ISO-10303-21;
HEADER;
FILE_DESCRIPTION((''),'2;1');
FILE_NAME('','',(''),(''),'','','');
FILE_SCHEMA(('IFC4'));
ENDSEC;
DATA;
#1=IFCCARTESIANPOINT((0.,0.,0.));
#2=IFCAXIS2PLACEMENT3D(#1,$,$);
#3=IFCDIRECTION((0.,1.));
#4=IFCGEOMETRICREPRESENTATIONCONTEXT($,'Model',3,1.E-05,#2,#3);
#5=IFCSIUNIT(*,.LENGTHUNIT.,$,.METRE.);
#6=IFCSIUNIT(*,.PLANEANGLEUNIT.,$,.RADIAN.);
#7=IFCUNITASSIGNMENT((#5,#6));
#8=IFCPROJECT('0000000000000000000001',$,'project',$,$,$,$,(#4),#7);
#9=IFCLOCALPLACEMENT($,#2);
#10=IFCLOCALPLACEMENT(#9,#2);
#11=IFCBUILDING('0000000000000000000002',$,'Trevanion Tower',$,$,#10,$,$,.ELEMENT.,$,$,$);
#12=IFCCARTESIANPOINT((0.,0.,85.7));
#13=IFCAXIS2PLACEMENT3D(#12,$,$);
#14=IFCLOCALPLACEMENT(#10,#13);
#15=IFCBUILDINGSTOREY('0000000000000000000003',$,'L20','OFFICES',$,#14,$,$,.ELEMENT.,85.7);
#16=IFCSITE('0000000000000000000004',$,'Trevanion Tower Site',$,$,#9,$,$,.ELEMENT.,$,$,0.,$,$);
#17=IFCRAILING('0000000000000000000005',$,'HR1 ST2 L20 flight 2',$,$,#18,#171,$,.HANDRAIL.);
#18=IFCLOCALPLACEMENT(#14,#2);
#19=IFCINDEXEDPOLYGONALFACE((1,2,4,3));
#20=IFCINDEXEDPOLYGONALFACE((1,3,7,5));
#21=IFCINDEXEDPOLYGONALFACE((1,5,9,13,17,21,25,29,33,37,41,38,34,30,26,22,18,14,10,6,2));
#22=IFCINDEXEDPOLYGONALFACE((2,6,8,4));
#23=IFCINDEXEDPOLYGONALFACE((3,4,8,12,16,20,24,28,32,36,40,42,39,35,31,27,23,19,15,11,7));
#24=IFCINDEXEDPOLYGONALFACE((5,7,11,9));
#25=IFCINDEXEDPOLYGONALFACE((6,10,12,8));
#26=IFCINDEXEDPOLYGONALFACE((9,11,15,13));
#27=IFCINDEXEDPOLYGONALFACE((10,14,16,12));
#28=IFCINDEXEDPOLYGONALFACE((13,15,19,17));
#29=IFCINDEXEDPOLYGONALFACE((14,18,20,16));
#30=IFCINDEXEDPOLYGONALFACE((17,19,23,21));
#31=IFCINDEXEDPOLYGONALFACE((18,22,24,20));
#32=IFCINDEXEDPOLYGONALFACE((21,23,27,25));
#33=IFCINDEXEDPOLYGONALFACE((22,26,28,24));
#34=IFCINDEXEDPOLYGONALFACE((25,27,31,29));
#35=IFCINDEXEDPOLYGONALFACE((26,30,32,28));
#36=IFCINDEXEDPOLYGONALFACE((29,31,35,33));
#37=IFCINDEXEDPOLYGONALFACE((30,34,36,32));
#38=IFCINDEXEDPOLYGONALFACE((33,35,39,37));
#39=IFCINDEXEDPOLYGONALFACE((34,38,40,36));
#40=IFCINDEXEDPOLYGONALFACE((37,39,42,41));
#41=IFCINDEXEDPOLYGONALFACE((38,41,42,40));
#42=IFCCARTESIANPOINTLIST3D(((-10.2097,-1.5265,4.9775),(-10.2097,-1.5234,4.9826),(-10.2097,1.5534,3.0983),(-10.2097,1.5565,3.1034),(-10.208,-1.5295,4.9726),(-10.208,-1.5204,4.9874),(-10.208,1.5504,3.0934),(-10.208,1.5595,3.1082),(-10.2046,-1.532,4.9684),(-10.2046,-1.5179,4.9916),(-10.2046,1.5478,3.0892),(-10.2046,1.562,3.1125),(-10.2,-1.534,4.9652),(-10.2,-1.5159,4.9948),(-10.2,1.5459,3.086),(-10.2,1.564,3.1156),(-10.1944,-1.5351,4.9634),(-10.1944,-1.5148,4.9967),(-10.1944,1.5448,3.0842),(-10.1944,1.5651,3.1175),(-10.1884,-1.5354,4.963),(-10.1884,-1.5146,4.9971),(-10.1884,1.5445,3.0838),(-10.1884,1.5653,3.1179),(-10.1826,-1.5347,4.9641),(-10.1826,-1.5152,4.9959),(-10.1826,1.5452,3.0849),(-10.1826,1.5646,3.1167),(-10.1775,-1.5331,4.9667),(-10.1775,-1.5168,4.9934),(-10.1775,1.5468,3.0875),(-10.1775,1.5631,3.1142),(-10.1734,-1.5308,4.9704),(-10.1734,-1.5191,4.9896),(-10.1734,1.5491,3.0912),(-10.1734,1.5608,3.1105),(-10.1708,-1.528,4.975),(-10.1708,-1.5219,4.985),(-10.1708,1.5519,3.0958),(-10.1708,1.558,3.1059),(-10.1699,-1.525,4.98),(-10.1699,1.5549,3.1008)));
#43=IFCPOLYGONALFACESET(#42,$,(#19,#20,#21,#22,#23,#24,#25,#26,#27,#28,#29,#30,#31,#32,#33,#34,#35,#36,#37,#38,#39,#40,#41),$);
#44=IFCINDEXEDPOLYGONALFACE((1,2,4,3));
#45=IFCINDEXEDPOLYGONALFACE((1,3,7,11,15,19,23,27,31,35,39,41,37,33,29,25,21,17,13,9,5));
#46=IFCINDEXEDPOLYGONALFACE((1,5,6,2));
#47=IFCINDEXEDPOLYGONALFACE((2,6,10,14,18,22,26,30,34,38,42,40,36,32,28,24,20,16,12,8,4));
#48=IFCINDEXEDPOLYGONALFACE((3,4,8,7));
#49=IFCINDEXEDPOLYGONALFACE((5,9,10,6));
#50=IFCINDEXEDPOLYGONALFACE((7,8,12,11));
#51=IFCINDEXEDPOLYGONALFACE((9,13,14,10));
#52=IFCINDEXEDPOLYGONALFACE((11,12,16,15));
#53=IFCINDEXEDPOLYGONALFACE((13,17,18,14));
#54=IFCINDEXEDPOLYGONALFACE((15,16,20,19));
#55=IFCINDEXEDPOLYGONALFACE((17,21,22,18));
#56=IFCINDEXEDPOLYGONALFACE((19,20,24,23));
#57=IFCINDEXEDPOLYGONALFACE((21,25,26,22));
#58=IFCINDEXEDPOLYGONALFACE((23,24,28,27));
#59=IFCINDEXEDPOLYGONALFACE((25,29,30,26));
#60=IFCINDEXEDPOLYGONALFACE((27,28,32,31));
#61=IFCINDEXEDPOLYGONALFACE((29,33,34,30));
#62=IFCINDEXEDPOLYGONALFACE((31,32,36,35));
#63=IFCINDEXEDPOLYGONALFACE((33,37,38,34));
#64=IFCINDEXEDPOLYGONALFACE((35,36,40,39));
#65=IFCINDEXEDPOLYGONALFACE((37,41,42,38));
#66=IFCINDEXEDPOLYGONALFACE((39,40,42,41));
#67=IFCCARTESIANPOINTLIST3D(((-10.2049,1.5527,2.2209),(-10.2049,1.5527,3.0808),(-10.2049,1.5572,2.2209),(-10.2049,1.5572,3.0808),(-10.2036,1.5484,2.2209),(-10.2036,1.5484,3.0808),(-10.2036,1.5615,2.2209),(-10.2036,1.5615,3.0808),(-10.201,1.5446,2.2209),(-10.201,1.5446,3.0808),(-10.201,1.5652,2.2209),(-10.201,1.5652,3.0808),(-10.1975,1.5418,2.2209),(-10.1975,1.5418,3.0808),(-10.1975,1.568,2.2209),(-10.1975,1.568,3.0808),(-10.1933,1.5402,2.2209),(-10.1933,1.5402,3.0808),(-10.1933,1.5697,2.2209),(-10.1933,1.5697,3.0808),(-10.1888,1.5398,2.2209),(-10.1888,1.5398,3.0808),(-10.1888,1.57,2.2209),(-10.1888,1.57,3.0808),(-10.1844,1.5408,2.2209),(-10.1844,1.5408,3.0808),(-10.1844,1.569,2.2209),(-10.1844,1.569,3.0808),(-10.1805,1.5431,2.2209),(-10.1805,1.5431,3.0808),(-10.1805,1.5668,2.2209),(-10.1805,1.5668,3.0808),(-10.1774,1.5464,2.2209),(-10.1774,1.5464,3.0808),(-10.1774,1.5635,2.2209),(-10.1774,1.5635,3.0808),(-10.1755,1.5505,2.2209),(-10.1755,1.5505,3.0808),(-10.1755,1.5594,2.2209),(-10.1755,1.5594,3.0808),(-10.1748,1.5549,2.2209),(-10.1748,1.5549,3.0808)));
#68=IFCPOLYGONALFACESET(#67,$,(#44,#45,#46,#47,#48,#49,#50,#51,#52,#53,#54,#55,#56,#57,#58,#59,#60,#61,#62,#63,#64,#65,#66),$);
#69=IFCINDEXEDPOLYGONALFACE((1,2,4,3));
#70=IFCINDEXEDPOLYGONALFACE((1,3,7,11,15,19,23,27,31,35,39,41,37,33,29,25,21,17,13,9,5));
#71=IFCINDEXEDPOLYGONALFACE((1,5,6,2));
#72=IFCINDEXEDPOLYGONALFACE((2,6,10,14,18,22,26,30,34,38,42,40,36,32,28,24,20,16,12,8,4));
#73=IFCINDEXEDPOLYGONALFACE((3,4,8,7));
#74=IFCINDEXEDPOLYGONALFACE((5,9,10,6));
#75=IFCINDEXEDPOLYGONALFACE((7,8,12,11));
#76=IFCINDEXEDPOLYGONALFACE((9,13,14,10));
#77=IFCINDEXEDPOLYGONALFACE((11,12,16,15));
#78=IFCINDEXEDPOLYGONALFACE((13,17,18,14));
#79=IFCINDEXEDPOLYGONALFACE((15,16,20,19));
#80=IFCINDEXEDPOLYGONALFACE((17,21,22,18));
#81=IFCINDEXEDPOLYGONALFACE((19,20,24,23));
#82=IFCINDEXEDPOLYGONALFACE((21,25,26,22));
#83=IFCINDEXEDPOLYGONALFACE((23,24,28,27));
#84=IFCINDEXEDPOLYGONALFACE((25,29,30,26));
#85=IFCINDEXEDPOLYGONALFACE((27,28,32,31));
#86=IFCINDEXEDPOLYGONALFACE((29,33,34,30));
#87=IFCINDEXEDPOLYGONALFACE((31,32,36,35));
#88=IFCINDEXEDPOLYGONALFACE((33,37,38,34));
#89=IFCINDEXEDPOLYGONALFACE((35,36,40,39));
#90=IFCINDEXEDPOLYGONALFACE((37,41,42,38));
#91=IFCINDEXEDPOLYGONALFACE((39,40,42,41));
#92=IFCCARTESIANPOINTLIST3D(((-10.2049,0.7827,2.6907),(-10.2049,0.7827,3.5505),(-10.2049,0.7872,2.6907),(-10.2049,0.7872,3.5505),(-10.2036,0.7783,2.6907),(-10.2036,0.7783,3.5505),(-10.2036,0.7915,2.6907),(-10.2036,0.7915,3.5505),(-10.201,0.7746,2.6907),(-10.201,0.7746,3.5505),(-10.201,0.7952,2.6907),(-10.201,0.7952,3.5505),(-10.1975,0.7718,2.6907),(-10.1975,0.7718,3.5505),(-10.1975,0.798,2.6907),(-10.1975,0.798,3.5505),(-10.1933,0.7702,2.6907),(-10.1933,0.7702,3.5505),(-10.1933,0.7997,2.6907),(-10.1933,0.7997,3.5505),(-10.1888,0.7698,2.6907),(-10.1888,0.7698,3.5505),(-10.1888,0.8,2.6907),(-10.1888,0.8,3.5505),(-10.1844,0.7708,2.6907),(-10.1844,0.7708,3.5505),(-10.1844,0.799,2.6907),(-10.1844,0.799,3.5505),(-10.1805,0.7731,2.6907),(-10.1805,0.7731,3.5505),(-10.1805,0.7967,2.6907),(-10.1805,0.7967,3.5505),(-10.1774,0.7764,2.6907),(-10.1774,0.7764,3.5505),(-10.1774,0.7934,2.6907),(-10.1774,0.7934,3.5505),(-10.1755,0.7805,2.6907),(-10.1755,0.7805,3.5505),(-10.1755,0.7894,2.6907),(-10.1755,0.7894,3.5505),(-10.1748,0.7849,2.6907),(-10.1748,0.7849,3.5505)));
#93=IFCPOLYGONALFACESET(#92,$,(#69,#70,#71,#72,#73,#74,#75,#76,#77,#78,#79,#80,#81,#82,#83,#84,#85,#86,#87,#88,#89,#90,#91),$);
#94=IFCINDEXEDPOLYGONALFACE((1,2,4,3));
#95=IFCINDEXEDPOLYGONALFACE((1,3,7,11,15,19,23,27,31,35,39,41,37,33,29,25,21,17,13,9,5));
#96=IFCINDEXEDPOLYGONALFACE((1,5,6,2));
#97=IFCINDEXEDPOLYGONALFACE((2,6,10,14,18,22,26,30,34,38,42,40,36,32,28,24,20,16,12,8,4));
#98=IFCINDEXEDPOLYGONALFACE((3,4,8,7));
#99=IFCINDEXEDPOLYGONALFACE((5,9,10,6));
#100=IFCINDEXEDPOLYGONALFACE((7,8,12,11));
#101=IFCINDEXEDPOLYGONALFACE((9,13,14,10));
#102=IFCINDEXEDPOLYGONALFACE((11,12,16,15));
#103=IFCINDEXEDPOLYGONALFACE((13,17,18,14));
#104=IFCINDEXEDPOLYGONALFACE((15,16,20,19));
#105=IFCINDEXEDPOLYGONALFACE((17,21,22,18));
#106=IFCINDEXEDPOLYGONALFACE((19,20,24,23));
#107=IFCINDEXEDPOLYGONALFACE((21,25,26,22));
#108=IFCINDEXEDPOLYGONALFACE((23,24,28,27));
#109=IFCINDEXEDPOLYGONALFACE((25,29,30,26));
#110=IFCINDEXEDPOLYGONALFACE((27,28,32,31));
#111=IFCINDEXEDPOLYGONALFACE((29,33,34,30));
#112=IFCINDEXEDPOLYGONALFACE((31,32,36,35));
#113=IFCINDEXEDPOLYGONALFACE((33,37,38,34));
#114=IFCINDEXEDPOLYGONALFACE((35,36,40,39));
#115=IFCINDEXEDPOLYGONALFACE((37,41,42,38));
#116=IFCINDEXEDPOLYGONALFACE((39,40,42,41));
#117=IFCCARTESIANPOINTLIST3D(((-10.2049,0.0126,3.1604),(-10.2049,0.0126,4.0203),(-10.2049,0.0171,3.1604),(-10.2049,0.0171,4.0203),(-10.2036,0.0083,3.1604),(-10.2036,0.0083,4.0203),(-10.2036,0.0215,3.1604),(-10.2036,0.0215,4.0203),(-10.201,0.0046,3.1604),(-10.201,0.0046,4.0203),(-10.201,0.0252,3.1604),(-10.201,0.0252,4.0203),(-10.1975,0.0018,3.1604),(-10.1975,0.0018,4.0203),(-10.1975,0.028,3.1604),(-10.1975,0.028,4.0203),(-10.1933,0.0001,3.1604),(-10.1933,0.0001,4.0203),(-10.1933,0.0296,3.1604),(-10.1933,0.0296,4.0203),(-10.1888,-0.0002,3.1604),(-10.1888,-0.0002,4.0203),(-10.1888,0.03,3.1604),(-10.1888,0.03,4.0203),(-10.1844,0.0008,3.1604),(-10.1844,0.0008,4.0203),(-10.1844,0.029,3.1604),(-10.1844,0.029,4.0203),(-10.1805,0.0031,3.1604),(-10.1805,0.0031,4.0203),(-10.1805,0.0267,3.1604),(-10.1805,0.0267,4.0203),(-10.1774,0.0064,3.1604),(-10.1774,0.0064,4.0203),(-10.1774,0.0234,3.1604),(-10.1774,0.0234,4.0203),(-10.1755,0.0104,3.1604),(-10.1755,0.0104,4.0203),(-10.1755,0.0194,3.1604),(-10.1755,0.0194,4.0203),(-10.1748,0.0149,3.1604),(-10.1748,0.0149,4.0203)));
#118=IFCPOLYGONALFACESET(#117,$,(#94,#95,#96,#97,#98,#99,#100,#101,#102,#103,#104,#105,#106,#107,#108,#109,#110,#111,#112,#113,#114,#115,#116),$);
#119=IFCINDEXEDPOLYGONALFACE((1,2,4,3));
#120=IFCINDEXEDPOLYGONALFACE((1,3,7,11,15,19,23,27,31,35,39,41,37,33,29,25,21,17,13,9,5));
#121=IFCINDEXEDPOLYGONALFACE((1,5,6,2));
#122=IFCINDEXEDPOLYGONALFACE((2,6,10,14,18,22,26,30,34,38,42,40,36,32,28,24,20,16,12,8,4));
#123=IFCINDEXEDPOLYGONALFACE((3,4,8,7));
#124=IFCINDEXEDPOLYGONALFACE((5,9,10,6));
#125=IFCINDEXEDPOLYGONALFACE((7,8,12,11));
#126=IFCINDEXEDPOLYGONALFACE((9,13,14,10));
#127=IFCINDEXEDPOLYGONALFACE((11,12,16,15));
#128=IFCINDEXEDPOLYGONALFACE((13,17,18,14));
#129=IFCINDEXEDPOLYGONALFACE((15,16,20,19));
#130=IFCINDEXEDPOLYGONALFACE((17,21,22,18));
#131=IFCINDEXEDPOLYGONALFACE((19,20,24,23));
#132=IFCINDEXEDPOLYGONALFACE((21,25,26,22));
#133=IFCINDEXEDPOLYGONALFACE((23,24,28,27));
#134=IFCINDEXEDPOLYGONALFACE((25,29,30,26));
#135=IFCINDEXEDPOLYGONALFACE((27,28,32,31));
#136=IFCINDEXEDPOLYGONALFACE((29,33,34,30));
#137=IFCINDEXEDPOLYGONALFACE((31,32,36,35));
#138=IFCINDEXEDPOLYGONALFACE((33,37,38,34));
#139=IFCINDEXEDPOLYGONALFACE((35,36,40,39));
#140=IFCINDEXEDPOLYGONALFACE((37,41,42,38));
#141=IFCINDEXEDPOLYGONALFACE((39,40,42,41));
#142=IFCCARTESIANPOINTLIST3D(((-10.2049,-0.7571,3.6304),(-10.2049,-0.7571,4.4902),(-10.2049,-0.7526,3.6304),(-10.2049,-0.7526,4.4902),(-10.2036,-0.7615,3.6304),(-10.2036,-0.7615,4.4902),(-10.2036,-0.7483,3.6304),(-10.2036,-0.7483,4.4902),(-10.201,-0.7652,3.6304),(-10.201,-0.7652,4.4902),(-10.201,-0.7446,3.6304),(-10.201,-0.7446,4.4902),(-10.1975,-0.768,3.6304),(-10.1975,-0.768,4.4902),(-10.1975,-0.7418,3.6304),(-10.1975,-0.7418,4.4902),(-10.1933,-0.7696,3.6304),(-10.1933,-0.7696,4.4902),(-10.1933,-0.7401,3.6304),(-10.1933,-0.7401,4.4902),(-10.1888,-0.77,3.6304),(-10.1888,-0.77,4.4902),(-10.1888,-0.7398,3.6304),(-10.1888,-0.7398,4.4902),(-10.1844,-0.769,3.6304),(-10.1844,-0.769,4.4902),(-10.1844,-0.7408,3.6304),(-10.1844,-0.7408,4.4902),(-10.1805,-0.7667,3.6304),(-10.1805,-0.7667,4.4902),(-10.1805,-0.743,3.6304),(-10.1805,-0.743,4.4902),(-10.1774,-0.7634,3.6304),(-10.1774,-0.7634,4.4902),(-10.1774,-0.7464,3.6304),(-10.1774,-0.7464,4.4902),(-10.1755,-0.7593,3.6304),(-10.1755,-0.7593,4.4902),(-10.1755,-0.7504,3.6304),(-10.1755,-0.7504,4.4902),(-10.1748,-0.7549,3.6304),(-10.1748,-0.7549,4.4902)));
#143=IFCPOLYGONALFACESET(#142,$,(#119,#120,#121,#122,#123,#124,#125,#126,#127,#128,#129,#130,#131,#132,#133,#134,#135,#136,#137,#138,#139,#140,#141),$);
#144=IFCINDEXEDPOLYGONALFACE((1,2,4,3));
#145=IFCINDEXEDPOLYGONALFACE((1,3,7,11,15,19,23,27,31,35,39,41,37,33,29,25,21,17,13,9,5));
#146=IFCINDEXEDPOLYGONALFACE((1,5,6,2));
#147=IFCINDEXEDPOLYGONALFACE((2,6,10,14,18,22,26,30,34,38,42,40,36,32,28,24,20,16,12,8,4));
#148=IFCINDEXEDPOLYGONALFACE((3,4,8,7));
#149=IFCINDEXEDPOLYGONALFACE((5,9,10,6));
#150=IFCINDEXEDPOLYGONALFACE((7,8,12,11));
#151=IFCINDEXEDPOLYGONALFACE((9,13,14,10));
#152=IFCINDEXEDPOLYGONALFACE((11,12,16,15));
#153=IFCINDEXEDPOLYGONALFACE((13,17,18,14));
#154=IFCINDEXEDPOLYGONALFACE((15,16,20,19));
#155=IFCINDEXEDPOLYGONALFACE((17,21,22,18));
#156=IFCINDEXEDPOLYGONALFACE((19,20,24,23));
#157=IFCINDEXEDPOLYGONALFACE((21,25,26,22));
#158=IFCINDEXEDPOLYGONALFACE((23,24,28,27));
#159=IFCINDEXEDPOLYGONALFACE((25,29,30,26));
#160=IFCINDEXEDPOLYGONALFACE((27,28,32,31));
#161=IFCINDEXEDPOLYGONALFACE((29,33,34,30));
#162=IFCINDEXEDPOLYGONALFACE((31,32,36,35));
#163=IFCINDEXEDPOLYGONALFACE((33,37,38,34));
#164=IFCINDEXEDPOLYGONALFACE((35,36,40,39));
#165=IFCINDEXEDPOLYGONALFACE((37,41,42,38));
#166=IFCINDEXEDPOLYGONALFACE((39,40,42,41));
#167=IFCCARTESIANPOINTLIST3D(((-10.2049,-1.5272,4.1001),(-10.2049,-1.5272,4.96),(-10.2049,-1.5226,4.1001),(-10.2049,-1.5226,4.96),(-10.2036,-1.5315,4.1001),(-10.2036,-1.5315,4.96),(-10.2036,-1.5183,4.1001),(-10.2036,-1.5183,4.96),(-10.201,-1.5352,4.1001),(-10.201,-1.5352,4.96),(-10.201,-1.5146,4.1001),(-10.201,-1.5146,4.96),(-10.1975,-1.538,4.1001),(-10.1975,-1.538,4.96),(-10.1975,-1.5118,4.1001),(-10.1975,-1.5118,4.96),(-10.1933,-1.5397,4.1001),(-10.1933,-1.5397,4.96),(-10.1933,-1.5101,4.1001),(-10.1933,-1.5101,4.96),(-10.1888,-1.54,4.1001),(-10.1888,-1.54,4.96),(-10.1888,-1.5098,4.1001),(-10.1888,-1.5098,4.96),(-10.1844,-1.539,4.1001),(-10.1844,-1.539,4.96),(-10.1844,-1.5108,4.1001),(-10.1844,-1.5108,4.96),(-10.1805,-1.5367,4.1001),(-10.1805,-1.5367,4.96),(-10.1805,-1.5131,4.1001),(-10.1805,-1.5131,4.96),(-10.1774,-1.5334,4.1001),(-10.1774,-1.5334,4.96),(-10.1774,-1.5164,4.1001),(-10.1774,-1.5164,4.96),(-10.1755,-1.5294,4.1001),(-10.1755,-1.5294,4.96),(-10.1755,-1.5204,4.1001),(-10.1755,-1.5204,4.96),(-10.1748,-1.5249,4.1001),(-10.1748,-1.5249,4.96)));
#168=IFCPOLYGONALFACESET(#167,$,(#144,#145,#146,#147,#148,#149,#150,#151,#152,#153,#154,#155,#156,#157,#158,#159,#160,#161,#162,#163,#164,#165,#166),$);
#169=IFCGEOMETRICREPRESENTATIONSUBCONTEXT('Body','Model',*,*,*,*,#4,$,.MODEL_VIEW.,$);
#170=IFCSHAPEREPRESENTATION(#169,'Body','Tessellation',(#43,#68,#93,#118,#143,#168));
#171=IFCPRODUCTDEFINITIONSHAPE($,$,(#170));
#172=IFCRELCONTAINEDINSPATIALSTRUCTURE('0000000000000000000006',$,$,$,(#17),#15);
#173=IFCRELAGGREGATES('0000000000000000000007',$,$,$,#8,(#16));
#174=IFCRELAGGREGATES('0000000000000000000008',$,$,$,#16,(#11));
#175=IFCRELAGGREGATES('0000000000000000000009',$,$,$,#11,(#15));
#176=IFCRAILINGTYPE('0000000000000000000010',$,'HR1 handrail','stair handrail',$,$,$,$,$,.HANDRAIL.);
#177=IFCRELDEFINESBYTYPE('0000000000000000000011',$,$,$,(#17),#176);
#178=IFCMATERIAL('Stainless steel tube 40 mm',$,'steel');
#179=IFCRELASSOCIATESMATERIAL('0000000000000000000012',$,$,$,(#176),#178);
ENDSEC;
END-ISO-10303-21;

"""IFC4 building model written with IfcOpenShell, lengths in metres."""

from ifc_helpers import new_model, si_unit, direction, frame, origin, origin_2d, place, context, subcontext, project, spatial, circle, extrude, material, type_object, element, save


model = new_model("IFC4")

# Units and contexts
model_context = context("Model", 3, precision=1e-05, world=origin(), true_north=direction((0.0, 1.0)))
body_context = subcontext(model_context, "Body", "Model", "MODEL_VIEW")
ifc_project = project(units=[si_unit("LENGTHUNIT", "METRE"), si_unit("PLANEANGLEUNIT", "RADIAN")], contexts=[model_context])

# Site, building, storey
site_placement = place(None, origin())
site = spatial("IfcSite", under=ifc_project, at=site_placement, Name="Trevanion Tower Site", CompositionType="ELEMENT", RefElevation=0.0)
building_placement = place(site_placement, origin())
building = spatial("IfcBuilding", under=site, at=building_placement, Name="Trevanion Tower", CompositionType="ELEMENT")
storey_placement = place(building_placement, frame((0.0, 0.0, 85.7)))
storey = spatial("IfcBuildingStorey", under=building, at=storey_placement, Name="L20", Description="OFFICES", CompositionType="ELEMENT", Elevation=85.7)

# Railing
ifc_material_1 = material(Name="Stainless steel tube 40 mm", Category="steel")
railing_type = type_object("IfcRailingType", Name="HR1 handrail", Description="stair handrail", PredefinedType="HANDRAIL", material=ifc_material_1)
for number, where, name in (
    (1, (-10.1899, 1.5549, 2.2209), "HR1 ST2 L20 flight 2"),
):
    element("IfcRailing", number, at=place(storey_placement, frame(where)), inside=storey, type_object=railing_type, Name=name, PredefinedType="HANDRAIL", context=body_context, shape_type="SweptSolid", body=[
        extrude(circle(Radius=0.02, at=origin_2d()), frame((0.0, 0.0, 0.8799), z_axis=(0.0, -0.853648, 0.52085), x_axis=(1.0, 0.0, 0.0)), (0.0, 0.0, 1.0), 3.6079),
        extrude(circle(Radius=0.0151, at=origin_2d()), origin(), (0.0, 0.0, 1.0), 0.8599),
        extrude(circle(Radius=0.0151, at=origin_2d()), frame((0.0, -0.77, 0.4697)), (0.0, 0.0, 1.0), 0.8599),
        extrude(circle(Radius=0.0151, at=origin_2d()), frame((0.0, -1.54, 0.9395)), (0.0, 0.0, 1.0), 0.8599),
        extrude(circle(Radius=0.0151, at=origin_2d()), frame((0.0, -2.3098, 1.4094)), (0.0, 0.0, 1.0), 0.8599),
        extrude(circle(Radius=0.0151, at=origin_2d()), frame((0.0, -3.0798, 1.8792)), (0.0, 0.0, 1.0), 0.8599),
    ])

save(model, "model.ifc")
